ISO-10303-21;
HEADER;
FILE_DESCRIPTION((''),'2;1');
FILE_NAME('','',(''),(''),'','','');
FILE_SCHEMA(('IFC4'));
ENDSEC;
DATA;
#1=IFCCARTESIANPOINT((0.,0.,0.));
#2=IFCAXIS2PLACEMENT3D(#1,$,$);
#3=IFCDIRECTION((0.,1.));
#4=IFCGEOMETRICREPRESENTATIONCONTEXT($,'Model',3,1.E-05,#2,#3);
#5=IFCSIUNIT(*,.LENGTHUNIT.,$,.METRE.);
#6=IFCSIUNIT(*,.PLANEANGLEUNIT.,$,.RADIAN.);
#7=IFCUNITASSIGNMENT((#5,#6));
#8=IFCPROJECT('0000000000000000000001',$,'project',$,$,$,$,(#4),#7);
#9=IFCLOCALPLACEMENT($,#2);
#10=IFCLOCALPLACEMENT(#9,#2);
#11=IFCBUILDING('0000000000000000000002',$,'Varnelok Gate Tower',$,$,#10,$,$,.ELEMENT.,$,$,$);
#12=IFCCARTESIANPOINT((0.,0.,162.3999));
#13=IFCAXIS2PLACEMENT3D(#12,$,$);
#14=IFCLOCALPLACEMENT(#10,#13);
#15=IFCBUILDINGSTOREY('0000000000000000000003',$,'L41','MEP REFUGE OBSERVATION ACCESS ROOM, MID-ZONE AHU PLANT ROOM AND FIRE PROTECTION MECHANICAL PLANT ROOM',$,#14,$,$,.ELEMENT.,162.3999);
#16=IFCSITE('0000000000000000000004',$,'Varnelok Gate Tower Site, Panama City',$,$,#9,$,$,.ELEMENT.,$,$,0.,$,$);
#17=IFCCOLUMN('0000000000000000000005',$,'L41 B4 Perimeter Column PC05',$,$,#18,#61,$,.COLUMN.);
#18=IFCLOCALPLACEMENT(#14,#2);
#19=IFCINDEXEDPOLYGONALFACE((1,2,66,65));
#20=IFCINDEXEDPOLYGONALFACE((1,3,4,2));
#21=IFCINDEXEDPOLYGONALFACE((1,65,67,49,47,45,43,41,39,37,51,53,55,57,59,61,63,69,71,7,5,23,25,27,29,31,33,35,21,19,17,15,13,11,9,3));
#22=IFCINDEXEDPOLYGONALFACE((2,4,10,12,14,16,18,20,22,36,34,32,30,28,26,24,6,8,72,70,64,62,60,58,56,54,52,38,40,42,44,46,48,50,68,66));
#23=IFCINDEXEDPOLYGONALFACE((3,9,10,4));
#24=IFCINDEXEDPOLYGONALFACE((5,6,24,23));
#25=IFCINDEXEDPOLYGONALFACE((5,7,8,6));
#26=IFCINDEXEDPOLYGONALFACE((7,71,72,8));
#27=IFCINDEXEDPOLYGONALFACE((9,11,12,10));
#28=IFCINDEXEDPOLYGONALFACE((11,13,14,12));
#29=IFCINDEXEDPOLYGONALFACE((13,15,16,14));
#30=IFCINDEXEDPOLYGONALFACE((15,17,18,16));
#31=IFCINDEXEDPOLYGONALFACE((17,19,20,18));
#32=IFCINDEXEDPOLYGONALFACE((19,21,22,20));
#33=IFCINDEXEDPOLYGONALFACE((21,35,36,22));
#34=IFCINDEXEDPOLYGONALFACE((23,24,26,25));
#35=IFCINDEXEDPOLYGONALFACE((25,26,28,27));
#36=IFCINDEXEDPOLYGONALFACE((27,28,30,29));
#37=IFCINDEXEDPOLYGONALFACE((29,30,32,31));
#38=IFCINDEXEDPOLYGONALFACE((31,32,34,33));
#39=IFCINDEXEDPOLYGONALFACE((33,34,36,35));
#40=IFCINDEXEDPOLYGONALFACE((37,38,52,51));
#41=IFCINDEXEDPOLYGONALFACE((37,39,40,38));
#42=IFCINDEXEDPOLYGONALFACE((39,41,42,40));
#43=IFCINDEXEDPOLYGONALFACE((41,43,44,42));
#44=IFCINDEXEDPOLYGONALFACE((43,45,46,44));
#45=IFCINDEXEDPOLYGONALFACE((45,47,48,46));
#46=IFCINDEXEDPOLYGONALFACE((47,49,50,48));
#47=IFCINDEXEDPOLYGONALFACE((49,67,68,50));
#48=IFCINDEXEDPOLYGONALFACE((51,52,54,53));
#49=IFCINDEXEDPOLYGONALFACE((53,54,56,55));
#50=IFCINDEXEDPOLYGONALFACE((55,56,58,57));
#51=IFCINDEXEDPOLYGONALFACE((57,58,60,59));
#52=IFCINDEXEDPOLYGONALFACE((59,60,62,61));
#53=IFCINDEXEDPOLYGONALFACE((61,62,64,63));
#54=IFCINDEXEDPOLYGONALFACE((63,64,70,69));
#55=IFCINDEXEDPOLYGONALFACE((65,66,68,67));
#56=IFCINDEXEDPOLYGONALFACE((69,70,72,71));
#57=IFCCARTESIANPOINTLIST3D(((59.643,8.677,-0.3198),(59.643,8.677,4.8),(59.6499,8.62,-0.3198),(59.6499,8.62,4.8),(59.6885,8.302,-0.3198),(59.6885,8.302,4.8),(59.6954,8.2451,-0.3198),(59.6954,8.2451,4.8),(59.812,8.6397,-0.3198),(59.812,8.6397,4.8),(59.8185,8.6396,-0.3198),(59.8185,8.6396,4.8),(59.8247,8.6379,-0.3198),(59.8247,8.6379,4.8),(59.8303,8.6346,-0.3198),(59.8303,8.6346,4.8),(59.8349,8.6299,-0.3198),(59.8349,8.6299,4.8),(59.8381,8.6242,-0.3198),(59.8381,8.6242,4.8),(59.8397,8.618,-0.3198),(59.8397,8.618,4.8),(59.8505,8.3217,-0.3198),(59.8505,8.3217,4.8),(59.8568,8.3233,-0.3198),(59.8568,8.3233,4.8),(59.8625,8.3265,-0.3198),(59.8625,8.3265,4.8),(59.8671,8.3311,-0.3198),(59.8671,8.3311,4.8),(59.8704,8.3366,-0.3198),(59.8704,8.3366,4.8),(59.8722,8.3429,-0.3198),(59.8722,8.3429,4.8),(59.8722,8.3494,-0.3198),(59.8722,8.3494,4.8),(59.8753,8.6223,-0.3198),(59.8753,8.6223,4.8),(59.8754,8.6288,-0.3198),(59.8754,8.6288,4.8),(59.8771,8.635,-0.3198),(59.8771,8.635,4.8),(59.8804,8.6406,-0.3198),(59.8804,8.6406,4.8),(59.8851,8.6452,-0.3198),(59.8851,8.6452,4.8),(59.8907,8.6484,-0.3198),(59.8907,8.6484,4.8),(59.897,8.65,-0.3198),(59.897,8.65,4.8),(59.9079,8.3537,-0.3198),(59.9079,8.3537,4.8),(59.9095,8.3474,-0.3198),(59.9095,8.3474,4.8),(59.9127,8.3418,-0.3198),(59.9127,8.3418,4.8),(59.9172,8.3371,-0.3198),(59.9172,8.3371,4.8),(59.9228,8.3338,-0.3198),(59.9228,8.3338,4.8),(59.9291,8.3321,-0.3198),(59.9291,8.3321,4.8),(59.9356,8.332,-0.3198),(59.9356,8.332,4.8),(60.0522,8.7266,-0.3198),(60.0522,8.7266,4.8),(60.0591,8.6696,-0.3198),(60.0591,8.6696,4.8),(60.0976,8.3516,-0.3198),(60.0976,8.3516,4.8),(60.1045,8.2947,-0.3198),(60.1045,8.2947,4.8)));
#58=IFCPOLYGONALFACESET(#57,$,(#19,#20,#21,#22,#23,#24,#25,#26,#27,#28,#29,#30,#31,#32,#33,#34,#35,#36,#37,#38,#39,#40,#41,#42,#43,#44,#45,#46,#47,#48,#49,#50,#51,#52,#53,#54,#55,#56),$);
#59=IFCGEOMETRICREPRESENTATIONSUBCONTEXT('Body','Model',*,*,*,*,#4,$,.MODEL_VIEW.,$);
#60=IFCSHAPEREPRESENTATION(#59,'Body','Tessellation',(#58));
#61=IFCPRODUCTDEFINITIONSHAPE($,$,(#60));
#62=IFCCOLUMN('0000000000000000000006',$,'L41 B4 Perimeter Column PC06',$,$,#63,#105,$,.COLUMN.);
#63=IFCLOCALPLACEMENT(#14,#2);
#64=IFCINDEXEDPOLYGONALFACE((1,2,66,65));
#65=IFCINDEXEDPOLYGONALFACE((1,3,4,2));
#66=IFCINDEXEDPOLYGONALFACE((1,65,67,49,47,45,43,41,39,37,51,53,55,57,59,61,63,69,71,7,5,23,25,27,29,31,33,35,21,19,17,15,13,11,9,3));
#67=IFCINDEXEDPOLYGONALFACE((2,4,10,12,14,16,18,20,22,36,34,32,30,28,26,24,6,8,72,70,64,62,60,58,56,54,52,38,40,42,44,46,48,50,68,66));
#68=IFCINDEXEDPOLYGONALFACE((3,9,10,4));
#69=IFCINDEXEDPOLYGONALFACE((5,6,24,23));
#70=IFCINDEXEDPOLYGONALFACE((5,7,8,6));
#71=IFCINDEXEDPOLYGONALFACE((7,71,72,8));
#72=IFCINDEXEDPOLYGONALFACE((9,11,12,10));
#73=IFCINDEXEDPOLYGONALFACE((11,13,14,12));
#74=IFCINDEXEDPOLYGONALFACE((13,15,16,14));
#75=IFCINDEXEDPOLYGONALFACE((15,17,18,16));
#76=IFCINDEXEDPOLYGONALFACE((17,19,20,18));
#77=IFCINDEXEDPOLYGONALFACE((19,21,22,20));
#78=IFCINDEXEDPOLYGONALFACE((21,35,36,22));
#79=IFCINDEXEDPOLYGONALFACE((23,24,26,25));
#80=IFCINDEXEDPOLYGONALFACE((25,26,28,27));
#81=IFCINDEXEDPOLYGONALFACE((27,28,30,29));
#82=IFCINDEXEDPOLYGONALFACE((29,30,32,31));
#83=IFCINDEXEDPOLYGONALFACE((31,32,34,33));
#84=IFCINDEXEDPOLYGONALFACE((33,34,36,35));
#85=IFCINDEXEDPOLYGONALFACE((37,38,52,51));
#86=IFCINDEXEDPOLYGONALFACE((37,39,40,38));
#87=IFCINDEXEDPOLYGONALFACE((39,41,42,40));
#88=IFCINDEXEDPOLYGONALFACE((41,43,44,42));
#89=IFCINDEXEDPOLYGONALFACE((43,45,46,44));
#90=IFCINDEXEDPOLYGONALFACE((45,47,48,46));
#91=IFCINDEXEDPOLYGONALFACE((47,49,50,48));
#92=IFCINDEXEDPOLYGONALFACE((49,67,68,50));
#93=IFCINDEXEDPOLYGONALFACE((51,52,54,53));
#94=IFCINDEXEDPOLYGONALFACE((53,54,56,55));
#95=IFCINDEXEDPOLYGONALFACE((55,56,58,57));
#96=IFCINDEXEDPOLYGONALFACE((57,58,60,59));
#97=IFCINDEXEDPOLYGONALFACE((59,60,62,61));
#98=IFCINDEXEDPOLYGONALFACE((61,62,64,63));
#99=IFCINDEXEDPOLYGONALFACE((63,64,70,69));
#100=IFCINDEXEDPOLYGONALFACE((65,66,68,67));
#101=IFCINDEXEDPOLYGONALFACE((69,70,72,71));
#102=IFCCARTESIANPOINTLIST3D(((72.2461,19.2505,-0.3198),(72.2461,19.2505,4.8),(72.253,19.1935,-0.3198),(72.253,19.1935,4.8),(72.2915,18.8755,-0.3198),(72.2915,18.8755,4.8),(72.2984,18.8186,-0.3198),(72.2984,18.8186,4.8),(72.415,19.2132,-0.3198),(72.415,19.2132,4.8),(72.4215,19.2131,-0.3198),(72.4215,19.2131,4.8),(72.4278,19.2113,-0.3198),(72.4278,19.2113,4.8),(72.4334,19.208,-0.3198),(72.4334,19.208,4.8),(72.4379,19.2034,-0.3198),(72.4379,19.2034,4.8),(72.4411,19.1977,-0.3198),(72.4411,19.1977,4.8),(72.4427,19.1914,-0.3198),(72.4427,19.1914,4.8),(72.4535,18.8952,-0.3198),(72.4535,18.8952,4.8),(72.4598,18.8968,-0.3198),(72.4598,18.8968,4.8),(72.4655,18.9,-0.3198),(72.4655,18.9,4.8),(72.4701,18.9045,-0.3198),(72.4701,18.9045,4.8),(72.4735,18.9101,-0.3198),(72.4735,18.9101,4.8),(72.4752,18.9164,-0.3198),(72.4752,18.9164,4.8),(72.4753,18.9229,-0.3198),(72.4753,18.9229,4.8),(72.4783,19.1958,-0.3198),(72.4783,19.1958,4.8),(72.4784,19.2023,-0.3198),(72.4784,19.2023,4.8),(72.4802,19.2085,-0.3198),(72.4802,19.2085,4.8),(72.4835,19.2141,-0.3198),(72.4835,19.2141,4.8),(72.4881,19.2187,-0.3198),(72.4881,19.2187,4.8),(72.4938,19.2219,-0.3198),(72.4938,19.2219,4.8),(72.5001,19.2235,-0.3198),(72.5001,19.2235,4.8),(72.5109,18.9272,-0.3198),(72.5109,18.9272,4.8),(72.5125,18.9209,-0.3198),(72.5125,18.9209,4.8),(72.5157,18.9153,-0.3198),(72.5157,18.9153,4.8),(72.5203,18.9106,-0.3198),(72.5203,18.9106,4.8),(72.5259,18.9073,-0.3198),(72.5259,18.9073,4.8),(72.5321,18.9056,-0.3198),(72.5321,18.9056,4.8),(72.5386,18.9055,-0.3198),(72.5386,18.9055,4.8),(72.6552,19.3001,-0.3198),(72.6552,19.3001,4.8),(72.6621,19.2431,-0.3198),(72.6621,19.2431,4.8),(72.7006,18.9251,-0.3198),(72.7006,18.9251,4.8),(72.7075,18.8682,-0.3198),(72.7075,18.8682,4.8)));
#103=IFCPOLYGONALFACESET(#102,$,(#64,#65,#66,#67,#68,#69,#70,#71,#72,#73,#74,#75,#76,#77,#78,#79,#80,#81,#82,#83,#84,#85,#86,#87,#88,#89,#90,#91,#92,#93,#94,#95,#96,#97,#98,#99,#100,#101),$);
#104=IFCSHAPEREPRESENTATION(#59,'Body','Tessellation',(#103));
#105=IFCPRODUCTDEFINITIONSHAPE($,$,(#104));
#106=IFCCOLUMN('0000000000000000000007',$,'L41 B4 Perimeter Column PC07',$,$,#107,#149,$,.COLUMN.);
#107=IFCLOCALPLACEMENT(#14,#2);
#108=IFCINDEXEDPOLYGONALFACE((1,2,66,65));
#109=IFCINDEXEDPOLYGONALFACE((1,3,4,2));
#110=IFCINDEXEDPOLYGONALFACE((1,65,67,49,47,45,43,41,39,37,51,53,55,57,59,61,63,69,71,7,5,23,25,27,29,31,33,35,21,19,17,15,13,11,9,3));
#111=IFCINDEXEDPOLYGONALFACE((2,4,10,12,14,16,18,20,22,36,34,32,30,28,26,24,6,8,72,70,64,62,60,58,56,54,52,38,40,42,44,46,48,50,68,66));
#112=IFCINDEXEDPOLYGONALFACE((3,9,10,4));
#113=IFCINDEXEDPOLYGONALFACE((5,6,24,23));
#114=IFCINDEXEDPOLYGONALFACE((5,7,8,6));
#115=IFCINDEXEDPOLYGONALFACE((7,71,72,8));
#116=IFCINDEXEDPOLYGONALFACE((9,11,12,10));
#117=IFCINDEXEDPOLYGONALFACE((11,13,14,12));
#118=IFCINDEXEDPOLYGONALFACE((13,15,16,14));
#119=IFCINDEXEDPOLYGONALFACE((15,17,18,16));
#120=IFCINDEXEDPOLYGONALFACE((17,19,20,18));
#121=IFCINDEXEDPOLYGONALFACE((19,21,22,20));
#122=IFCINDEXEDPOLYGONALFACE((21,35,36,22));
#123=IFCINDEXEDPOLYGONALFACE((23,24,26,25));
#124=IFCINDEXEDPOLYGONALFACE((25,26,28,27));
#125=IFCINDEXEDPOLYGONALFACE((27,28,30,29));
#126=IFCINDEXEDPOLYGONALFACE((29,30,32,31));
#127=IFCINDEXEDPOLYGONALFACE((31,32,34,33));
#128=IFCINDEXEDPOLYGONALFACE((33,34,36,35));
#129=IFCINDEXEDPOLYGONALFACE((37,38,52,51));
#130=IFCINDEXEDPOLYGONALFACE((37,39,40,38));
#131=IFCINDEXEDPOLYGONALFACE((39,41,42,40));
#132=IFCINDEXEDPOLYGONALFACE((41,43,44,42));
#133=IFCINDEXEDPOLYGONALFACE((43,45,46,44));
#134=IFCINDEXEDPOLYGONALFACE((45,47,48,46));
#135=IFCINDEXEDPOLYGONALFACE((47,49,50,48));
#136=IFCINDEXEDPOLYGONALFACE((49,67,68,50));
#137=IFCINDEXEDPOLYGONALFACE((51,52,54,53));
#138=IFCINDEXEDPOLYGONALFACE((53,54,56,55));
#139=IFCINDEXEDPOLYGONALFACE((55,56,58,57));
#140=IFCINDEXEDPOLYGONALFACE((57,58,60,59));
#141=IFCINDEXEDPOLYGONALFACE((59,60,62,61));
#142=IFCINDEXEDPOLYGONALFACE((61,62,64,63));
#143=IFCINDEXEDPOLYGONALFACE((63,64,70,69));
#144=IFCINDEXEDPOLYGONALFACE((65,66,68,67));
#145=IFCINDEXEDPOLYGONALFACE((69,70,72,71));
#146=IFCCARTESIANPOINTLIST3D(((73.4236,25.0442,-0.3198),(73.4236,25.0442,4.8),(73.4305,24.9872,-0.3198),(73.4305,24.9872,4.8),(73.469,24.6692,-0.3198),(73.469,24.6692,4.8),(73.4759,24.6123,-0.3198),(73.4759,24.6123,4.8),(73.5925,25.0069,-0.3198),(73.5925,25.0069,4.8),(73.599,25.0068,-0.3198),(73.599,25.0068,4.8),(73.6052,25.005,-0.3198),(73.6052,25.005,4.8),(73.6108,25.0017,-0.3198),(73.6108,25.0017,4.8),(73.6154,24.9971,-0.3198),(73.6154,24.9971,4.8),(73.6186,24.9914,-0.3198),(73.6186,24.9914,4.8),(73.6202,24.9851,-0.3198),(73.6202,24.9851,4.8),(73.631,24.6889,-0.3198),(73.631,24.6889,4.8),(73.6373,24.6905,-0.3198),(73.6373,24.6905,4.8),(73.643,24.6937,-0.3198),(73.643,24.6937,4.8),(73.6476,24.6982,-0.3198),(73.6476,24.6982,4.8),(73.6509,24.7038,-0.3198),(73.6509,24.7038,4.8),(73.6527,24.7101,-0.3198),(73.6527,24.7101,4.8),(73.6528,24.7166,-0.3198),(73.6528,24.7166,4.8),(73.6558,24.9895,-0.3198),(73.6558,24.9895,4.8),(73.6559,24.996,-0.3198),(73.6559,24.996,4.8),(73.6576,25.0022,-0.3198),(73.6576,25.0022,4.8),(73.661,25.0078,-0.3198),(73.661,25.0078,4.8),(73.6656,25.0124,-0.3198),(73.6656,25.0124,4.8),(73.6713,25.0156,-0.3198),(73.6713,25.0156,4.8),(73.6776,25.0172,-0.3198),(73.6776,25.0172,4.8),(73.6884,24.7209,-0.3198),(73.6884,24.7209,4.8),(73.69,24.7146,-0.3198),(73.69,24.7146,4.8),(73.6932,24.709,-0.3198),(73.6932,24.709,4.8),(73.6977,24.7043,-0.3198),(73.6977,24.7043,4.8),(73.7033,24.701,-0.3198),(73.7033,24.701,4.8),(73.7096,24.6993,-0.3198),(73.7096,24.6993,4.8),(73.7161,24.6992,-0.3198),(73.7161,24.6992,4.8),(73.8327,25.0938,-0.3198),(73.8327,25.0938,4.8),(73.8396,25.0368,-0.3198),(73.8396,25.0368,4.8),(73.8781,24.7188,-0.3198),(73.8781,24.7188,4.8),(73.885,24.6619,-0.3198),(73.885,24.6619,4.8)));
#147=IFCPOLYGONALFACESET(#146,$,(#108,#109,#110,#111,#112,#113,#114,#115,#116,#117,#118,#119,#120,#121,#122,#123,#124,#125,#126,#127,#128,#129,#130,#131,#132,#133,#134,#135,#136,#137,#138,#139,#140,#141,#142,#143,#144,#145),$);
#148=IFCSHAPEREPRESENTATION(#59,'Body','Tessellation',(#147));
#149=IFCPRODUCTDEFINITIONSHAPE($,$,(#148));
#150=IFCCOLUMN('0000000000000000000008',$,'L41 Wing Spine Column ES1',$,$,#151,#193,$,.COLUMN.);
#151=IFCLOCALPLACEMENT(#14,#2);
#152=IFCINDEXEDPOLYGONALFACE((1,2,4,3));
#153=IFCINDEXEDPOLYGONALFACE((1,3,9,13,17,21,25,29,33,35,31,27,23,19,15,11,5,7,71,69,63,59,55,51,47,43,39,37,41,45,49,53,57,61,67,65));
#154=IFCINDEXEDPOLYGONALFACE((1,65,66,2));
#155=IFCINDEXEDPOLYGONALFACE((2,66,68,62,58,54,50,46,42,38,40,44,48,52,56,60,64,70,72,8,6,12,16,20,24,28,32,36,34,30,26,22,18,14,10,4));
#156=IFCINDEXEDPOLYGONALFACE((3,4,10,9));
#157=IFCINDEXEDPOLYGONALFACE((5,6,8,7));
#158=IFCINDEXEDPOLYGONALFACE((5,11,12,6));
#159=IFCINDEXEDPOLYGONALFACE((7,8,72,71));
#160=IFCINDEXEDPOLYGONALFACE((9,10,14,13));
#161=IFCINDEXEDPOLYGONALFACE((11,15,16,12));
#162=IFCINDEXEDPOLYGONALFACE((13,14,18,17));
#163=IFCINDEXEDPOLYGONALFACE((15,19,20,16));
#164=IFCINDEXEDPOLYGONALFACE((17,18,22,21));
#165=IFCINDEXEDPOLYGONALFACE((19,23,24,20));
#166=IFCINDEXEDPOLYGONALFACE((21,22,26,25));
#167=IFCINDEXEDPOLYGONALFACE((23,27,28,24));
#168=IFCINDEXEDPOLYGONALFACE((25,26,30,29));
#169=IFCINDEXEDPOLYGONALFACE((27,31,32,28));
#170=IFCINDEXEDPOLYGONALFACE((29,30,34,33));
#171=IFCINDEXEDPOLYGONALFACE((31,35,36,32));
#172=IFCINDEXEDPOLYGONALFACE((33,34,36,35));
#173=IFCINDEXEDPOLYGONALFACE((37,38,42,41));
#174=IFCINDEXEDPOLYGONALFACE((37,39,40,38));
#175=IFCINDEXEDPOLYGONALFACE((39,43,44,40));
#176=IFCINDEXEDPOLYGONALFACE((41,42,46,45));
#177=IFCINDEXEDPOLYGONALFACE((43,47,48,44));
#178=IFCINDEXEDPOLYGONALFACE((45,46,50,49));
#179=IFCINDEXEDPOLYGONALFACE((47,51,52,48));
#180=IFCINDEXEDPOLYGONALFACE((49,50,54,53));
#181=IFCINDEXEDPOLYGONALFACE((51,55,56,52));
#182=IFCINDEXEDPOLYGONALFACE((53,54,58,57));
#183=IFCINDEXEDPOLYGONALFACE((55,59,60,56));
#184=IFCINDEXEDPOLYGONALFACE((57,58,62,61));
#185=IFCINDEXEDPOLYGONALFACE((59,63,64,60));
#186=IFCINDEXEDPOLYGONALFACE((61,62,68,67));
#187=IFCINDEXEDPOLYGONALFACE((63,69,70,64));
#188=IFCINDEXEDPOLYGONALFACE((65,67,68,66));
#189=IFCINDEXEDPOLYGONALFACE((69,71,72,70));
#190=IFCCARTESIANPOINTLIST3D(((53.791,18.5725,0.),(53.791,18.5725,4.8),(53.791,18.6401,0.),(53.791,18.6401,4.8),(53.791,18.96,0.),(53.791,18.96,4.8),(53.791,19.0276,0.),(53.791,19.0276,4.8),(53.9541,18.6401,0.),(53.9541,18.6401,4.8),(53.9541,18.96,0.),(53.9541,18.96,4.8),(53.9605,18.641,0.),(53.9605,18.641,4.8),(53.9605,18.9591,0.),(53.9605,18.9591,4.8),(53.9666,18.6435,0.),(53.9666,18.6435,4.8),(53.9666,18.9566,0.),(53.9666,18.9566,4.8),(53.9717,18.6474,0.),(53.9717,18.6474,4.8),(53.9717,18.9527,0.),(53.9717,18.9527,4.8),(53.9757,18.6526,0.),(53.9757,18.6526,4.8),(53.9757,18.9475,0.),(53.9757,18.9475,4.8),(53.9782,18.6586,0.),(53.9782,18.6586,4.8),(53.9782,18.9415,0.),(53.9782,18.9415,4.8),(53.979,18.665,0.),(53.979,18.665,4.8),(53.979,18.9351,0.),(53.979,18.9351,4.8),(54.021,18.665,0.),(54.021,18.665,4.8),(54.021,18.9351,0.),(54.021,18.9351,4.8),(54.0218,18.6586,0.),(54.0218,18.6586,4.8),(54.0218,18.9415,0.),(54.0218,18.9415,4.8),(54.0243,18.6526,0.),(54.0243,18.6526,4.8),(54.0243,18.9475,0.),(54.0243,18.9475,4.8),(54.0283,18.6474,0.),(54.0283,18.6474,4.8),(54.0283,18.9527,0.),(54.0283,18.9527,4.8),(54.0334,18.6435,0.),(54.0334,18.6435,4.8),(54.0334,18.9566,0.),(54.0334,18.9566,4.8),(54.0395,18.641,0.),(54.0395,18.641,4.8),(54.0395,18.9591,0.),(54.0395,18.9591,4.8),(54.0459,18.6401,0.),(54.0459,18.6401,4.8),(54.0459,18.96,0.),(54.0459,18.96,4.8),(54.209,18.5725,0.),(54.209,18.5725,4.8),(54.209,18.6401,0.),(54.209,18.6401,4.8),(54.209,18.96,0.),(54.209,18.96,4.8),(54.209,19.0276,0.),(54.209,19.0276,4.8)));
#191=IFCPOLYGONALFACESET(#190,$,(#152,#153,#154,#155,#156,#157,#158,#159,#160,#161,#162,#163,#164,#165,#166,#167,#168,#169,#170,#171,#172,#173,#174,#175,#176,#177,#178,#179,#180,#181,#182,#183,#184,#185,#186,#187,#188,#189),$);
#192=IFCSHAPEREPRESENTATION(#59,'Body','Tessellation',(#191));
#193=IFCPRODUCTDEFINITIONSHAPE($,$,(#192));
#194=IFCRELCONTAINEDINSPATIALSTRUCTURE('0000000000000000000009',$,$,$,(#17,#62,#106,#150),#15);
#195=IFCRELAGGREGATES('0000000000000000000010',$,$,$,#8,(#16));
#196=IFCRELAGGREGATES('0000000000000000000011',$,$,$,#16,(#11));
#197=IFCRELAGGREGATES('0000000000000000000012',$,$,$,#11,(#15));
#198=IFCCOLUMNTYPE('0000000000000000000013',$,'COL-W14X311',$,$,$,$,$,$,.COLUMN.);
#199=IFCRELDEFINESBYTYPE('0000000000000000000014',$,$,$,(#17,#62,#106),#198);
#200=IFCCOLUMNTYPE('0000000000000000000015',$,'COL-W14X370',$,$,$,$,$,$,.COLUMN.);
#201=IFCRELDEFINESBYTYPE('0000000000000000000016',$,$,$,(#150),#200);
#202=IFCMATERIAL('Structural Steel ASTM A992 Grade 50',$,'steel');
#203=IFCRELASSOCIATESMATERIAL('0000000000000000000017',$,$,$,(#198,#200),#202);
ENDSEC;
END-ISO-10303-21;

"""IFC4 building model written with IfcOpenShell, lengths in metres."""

from ifc_helpers import new_model, si_unit, direction, frame, origin, origin_2d, place, context, subcontext, project, spatial, i_section, extrude, material, material_profile, profile_set, type_object, element, save


model = new_model("IFC4")

# Units and contexts
model_context = context("Model", 3, precision=1e-05, world=origin(), true_north=direction((0.0, 1.0)))
body_context = subcontext(model_context, "Body", "Model", "MODEL_VIEW")
ifc_project = project(units=[si_unit("LENGTHUNIT", "METRE"), si_unit("PLANEANGLEUNIT", "RADIAN")], contexts=[model_context])

# Site, building, storey
site_placement = place(None, origin())
site = spatial("IfcSite", under=ifc_project, at=site_placement, Name="Varnelok Gate Tower Site, Panama City", CompositionType="ELEMENT", RefElevation=0.0)
building_placement = place(site_placement, origin())
building = spatial("IfcBuilding", under=site, at=building_placement, Name="Varnelok Gate Tower", CompositionType="ELEMENT")
storey_placement = place(building_placement, frame((0.0, 0.0, 162.3999)))
storey = spatial("IfcBuildingStorey", under=building, at=storey_placement, Name="L41", Description="MEP REFUGE OBSERVATION ACCESS ROOM, MID-ZONE AHU PLANT ROOM AND FIRE PROTECTION MECHANICAL PLANT ROOM", CompositionType="ELEMENT", Elevation=162.3999)

# Columns
ifc_material_1 = material(Name="Structural Steel ASTM A992 Grade 50", Category="steel")
ifc_material_profile_1 = material_profile(ifc_material_1, i_section(OverallWidth=0.4121, OverallDepth=0.4351, WebThickness=0.0359, FlangeThickness=0.0574, FilletRadius=0.0249, at=origin_2d()), Name="W14X311")
ifc_profile_set_1 = profile_set([ifc_material_profile_1], Name="Structural Steel ASTM A992 Grade 50")
column_type_1 = type_object("IfcColumnType", Name="COL-W14X311", PredefinedType="COLUMN", material=ifc_profile_set_1)
for number, where, z_axis, x_axis, name in (
    (1, (59.8738, 8.4858, -0.3198), (0.0, 0.0, 1.0), (0.992732, 0.120345, 0.0), "L41 B4 Perimeter Column PC05"),
    (2, (72.4768, 19.0593, -0.3198), (0.0, 0.0, 1.0), (0.992732, 0.120345, 0.0), "L41 B4 Perimeter Column PC06"),
    (3, (73.6543, 24.853, -0.3198), (0.0, 0.0, 1.0), (0.992732, 0.120345, 0.0), "L41 B4 Perimeter Column PC07"),
):
    element("IfcColumn", number, at=place(storey_placement, frame(where, z_axis=z_axis, x_axis=x_axis)), inside=storey, type_object=column_type_1, Name=name, PredefinedType="COLUMN", context=body_context, shape_type="SweptSolid", body=[
        extrude(i_section(OverallWidth=0.4121, OverallDepth=0.4351, WebThickness=0.0359, FlangeThickness=0.0574, FilletRadius=0.0249, at=origin_2d()), origin(), (0.0, 0.0, 1.0), 5.1199),
    ])
ifc_material_profile_2 = material_profile(ifc_material_1, i_section(OverallWidth=0.418, OverallDepth=0.4551, WebThickness=0.042, FlangeThickness=0.0676, FilletRadius=0.0249, at=origin_2d()), Name="W14X370")
ifc_profile_set_2 = profile_set([ifc_material_profile_2], Name="Structural Steel ASTM A992 Grade 50")
column_type_2 = type_object("IfcColumnType", Name="COL-W14X370", PredefinedType="COLUMN", material=ifc_profile_set_2)
column_placement = place(storey_placement, frame((54.0, 18.8, 0.0), z_axis=(0.0, 0.0, 1.0), x_axis=(1.0, 0.0, 0.0)))
element("IfcColumn", 4, at=column_placement, inside=storey, type_object=column_type_2, Name="L41 Wing Spine Column ES1", PredefinedType="COLUMN", context=body_context, shape_type="SweptSolid", body=[
    extrude(i_section(OverallWidth=0.418, OverallDepth=0.4551, WebThickness=0.042, FlangeThickness=0.0676, FilletRadius=0.0249, at=origin_2d()), origin(), (0.0, 0.0, 1.0), 4.8),
])

save(model, "model.ifc")
